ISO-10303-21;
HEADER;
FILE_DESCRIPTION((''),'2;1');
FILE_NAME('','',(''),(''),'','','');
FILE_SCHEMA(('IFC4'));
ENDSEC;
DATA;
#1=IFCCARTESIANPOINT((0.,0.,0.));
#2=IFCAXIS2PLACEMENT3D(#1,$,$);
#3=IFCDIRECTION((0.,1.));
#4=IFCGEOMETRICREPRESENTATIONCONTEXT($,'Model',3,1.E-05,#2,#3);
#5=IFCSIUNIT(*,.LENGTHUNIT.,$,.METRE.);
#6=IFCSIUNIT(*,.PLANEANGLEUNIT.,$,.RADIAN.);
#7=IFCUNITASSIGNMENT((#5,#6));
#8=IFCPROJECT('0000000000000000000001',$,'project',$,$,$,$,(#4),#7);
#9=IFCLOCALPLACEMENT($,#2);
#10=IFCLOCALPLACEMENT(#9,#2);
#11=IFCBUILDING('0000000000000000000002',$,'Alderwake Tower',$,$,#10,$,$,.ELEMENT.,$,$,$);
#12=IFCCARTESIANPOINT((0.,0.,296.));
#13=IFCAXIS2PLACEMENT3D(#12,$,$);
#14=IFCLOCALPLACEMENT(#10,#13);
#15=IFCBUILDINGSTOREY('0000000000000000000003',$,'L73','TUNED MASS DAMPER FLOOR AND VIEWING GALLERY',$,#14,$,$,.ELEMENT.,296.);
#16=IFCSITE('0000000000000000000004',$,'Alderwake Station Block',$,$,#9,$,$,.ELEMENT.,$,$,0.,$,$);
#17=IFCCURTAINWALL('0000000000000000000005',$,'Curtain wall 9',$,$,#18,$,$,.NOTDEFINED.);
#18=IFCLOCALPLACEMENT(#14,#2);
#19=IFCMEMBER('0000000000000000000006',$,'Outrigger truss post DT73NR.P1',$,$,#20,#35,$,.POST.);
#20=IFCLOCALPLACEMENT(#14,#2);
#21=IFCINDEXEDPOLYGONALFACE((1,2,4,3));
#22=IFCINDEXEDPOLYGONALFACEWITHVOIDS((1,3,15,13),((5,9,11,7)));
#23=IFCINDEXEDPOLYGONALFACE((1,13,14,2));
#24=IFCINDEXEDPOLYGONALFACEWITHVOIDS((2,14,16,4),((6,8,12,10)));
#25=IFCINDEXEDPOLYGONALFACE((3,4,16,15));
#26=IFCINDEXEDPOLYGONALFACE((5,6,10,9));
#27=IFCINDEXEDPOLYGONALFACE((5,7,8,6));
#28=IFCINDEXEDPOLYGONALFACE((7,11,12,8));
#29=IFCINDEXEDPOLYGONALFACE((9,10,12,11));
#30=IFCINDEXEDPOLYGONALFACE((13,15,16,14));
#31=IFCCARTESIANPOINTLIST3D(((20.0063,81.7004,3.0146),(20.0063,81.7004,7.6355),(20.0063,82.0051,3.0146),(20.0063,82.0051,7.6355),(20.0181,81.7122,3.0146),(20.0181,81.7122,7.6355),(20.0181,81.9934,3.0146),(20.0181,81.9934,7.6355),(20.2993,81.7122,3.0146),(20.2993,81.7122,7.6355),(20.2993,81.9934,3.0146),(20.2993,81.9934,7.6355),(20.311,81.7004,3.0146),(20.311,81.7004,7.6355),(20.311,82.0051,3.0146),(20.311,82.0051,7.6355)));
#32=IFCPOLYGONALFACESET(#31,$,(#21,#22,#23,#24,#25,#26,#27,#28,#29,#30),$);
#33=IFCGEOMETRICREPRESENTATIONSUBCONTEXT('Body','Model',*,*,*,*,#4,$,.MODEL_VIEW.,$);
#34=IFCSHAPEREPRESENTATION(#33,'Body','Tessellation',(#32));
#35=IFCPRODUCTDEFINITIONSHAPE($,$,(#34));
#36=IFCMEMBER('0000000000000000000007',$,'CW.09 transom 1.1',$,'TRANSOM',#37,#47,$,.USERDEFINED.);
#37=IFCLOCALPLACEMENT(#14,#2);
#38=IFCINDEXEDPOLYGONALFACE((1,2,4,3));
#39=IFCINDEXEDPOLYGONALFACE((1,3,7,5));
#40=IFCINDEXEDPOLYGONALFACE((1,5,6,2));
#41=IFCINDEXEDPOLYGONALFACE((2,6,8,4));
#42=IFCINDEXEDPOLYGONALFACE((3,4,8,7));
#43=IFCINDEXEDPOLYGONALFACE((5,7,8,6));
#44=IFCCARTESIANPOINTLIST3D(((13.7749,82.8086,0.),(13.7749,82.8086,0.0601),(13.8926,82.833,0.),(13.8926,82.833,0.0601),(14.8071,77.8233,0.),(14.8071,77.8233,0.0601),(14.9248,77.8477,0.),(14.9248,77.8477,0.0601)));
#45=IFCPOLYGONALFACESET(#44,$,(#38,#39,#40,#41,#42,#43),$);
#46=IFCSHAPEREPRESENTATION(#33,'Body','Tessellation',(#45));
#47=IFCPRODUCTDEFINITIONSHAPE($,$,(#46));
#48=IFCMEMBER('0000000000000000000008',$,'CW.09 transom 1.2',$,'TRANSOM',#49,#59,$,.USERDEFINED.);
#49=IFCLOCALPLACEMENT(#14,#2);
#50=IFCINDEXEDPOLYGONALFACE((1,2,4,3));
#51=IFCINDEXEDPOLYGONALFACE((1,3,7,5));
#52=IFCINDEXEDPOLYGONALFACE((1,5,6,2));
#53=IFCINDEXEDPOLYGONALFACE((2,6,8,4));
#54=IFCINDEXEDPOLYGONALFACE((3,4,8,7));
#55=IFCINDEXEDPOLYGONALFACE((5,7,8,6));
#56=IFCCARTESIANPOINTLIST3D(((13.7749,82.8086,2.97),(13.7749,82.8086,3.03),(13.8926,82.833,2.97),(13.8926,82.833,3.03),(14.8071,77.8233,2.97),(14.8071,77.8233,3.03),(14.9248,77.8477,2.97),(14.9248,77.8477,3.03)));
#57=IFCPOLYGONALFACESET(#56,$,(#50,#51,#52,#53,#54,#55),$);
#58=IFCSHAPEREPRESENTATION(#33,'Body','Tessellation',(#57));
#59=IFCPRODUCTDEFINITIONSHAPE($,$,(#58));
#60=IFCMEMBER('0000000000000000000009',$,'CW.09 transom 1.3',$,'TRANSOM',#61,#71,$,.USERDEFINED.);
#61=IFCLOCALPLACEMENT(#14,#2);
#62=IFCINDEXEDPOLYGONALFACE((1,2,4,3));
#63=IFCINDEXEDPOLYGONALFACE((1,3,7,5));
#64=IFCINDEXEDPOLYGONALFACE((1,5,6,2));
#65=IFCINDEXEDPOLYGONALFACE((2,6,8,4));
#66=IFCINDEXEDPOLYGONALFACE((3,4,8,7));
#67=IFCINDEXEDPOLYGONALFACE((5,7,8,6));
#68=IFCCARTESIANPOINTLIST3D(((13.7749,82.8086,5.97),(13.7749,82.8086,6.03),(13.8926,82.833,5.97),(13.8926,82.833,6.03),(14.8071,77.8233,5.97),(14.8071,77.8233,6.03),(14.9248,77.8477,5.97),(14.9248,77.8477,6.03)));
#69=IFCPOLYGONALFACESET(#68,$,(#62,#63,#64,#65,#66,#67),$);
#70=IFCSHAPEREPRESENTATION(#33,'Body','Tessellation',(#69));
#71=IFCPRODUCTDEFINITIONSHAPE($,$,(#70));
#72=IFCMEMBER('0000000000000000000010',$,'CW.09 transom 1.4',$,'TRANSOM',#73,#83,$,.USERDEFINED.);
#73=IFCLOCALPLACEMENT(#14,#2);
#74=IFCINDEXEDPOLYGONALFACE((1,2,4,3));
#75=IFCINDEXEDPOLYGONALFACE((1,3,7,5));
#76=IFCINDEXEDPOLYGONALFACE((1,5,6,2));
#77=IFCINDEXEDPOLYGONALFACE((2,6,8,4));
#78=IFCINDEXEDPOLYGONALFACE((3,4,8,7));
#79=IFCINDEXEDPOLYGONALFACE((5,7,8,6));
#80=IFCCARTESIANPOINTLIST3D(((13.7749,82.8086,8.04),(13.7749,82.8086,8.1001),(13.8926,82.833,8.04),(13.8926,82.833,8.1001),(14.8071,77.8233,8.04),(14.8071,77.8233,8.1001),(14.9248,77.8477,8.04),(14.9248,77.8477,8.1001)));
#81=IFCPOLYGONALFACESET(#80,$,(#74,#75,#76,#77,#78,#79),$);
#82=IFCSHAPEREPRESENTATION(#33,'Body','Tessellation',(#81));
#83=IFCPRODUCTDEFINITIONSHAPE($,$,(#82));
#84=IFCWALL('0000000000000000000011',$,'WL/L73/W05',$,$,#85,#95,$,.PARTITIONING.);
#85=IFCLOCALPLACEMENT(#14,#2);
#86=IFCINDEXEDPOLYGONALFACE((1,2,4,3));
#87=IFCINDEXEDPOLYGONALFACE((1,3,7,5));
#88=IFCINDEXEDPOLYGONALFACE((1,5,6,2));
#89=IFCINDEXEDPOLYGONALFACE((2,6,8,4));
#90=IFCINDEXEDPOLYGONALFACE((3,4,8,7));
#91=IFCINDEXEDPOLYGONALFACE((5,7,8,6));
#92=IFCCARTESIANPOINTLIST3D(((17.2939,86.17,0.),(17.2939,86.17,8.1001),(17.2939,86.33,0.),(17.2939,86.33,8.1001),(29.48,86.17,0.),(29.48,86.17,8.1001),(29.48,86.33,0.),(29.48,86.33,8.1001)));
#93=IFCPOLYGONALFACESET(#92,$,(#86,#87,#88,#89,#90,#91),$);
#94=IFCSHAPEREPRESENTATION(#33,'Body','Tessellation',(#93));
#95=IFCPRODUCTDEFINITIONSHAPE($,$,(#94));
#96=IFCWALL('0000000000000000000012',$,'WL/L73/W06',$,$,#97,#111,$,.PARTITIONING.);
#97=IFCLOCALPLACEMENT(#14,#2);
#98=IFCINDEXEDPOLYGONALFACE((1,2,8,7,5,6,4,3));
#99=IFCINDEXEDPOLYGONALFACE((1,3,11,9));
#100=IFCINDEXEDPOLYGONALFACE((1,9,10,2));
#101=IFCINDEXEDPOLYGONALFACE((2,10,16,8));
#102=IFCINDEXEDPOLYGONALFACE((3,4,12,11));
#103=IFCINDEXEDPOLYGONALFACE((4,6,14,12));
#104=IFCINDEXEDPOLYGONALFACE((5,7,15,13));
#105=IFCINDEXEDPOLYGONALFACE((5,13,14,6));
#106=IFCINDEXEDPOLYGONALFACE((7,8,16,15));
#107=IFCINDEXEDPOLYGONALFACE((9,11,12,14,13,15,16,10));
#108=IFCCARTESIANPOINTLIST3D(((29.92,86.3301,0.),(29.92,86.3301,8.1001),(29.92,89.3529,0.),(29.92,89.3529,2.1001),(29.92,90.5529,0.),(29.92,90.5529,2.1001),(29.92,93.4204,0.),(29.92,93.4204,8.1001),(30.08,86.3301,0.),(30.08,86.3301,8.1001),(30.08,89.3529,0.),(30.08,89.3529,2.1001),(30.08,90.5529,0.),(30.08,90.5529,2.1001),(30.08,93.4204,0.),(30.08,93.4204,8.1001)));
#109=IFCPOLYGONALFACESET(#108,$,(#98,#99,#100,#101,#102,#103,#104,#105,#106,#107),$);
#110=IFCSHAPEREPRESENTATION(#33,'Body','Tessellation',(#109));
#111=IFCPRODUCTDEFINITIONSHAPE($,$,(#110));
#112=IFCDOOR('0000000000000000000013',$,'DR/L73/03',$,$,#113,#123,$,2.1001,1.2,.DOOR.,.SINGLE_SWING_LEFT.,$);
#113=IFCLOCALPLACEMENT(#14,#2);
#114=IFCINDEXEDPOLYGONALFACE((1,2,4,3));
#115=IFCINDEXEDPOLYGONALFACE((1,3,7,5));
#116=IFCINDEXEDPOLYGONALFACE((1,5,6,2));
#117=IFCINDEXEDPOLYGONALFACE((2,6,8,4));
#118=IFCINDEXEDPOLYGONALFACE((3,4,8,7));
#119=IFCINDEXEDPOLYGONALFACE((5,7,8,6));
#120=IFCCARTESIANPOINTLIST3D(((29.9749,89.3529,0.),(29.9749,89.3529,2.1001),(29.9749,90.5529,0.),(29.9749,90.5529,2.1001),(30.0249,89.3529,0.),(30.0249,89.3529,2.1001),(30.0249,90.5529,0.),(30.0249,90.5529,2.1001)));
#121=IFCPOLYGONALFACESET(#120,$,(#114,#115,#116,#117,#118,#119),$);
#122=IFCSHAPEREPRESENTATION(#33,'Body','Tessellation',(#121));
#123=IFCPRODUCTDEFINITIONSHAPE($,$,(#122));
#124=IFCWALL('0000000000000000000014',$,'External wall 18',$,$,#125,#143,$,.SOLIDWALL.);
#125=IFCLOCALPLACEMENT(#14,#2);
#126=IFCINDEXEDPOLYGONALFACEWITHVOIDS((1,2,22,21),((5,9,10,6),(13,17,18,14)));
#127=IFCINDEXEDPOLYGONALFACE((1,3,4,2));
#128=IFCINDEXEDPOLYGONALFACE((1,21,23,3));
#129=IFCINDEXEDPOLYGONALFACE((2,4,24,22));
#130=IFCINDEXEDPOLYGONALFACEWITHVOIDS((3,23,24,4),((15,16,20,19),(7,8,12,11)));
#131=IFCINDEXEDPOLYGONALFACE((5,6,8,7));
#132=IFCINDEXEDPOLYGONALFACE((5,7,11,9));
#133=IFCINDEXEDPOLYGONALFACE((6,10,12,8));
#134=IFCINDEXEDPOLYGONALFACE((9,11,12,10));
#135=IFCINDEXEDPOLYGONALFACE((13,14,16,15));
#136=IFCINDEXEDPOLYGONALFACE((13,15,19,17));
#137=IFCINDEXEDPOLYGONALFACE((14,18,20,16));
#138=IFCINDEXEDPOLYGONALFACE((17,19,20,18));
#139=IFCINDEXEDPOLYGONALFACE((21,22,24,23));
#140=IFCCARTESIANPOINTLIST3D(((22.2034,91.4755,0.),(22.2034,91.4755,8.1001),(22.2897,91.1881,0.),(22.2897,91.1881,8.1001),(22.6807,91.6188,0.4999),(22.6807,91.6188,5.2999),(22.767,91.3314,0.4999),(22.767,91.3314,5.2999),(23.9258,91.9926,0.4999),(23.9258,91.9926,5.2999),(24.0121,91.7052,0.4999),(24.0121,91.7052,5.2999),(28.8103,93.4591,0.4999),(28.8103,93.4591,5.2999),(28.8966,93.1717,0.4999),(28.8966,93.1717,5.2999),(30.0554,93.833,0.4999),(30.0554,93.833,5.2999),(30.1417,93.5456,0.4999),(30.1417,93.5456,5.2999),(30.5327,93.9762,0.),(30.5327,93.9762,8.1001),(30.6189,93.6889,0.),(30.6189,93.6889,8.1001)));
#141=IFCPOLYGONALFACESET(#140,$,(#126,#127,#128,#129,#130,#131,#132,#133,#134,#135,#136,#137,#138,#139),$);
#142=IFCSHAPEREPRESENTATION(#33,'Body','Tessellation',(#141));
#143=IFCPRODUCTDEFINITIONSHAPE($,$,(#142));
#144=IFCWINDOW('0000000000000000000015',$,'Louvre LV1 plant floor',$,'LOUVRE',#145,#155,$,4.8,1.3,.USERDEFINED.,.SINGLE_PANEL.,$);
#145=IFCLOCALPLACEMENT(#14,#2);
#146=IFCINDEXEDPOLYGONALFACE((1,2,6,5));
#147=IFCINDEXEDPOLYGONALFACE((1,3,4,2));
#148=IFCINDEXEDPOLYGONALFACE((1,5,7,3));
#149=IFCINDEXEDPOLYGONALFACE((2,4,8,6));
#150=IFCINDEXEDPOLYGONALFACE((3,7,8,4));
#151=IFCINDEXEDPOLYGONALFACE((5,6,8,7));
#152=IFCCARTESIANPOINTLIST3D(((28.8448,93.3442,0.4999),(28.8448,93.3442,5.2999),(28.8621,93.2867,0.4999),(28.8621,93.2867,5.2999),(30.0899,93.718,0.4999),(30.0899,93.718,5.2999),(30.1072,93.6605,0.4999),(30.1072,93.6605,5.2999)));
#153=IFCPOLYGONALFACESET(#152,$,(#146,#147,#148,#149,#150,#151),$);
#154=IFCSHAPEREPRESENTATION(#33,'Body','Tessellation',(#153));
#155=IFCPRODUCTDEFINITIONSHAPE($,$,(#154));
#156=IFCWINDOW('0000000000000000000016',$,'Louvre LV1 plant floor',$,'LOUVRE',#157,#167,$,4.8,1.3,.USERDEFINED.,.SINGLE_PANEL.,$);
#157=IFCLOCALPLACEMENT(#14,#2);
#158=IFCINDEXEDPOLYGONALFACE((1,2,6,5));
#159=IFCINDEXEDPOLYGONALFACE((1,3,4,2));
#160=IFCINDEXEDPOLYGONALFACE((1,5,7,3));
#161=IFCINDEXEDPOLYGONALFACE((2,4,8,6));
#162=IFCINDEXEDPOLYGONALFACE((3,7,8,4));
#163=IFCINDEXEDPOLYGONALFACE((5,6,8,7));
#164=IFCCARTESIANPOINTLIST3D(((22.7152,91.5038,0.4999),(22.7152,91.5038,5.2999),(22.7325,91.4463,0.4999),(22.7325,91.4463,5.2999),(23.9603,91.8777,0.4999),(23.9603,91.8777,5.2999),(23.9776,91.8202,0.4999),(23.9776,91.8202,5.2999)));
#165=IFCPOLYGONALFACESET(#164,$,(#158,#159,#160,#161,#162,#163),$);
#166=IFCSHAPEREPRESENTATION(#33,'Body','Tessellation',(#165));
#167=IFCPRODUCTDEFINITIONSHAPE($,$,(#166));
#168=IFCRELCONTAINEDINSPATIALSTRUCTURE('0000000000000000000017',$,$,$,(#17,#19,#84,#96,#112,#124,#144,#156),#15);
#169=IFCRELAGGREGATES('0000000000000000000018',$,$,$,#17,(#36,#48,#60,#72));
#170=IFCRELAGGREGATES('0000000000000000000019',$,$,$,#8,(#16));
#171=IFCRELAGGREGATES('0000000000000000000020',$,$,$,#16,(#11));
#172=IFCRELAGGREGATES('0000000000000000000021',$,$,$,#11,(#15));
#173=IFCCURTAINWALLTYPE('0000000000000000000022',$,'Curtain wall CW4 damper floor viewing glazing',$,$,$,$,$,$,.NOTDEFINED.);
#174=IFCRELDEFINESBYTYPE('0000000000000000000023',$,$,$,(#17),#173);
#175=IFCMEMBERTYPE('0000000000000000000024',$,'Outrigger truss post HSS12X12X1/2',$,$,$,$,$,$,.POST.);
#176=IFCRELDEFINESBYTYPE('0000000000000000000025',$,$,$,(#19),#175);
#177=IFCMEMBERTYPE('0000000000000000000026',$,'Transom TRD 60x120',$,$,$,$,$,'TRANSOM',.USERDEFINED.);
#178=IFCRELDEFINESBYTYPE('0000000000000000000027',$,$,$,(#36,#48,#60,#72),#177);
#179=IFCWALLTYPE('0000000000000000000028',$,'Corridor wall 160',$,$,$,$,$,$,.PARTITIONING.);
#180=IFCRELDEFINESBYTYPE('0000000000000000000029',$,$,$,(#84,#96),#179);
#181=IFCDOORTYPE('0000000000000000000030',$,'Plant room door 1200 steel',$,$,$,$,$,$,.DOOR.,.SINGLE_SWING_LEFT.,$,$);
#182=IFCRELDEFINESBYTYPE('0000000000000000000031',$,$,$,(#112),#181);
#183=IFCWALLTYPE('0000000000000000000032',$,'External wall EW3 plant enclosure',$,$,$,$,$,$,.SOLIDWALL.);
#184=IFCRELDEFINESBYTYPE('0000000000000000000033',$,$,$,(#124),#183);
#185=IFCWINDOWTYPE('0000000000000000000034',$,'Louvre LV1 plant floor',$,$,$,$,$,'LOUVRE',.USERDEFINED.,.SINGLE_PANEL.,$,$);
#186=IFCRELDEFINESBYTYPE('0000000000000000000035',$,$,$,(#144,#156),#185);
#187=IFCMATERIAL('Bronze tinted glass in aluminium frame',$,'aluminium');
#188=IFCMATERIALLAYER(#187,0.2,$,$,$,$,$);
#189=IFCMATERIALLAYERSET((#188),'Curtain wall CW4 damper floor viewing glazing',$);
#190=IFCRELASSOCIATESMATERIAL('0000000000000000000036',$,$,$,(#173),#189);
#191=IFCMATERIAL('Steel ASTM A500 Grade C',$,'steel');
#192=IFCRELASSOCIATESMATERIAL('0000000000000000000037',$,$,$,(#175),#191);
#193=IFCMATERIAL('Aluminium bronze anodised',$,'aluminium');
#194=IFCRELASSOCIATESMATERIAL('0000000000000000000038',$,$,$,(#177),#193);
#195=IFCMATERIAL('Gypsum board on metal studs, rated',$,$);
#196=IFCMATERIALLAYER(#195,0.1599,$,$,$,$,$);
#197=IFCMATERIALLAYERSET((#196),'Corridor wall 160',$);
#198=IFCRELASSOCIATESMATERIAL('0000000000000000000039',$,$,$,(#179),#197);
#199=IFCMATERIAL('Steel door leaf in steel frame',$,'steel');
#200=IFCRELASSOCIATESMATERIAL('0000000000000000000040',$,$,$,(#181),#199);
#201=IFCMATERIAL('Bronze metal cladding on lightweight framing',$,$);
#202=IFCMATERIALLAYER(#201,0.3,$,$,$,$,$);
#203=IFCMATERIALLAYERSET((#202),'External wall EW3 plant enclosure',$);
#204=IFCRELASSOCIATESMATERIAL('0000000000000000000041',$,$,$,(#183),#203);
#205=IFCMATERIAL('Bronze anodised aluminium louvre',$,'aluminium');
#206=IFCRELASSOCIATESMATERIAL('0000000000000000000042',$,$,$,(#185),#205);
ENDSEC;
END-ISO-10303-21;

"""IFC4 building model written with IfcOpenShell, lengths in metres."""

from ifc_helpers import new_model, si_unit, direction, frame, frame_2d, origin, origin_2d, place, context, subcontext, project, spatial, rectangle, hollow_rectangle, extrude, material, layer, layer_set, material_profile, profile_set, type_object, element, fill, aggregate, save


model = new_model("IFC4")

# Units and contexts
model_context = context("Model", 3, precision=1e-05, world=origin(), true_north=direction((0.0, 1.0)))
body_context = subcontext(model_context, "Body", "Model", "MODEL_VIEW")
ifc_project = project(units=[si_unit("LENGTHUNIT", "METRE"), si_unit("PLANEANGLEUNIT", "RADIAN")], contexts=[model_context])

# Site, building, storey
site_placement = place(None, origin())
site = spatial("IfcSite", under=ifc_project, at=site_placement, Name="Alderwake Station Block", CompositionType="ELEMENT", RefElevation=0.0)
building_placement = place(site_placement, origin())
building = spatial("IfcBuilding", under=site, at=building_placement, Name="Alderwake Tower", CompositionType="ELEMENT")
storey_placement = place(building_placement, frame((0.0, 0.0, 296.0)))
storey = spatial("IfcBuildingStorey", under=building, at=storey_placement, Name="L73", Description="TUNED MASS DAMPER FLOOR AND VIEWING GALLERY", CompositionType="ELEMENT", Elevation=296.0)

# Curtain wall
ifc_material_1 = material(Name="Bronze tinted glass in aluminium frame", Category="aluminium")
ifc_layer_1 = layer(ifc_material_1, 0.2)
ifc_layer_set_1 = layer_set([ifc_layer_1], Name="Curtain wall CW4 damper floor viewing glazing")
curtain_wall_type = type_object("IfcCurtainWallType", Name="Curtain wall CW4 damper floor viewing glazing", PredefinedType="NOTDEFINED", material=ifc_layer_set_1)
curtain_wall_placement = place(storey_placement, origin())
curtain_wall = element("IfcCurtainWall", 1, at=curtain_wall_placement, inside=storey, type_object=curtain_wall_type, Name="Curtain wall 9", PredefinedType="NOTDEFINED")

# Member
ifc_material_2 = material(Name="Steel ASTM A500 Grade C", Category="steel")
ifc_material_profile_1 = material_profile(ifc_material_2, hollow_rectangle(XDim=0.3047, YDim=0.3047, WallThickness=0.0117, at=origin_2d()), Name="HSS12X12X1/2")
ifc_profile_set_1 = profile_set([ifc_material_profile_1], Name="Steel ASTM A500 Grade C")
member_type_1 = type_object("IfcMemberType", Name="Outrigger truss post HSS12X12X1/2", PredefinedType="POST", material=ifc_profile_set_1)
member_1_placement = place(storey_placement, frame((20.1587, 81.8528, 3.0146), z_axis=(0.0, 0.0, 1.0), x_axis=(1.0, 0.0, 0.0)))
element("IfcMember", 2, at=member_1_placement, inside=storey, type_object=member_type_1, Name="Outrigger truss post DT73NR.P1", PredefinedType="POST", context=body_context, shape_type="SweptSolid", body=[
    extrude(hollow_rectangle(XDim=0.3047, YDim=0.3047, WallThickness=0.0117, at=origin_2d()), origin(), (0.0, 0.0, 1.0), 4.6208),
])

# Members
ifc_material_3 = material(Name="Aluminium bronze anodised", Category="aluminium")
ifc_material_profile_2 = material_profile(ifc_material_3, rectangle(XDim=0.1201, YDim=0.0601, at=origin_2d()), Name="Transom TRD 60x120")
ifc_profile_set_2 = profile_set([ifc_material_profile_2], Name="Aluminium bronze anodised")
member_type_2 = type_object("IfcMemberType", Name="Transom TRD 60x120", ElementType="TRANSOM", PredefinedType="USERDEFINED", material=ifc_profile_set_2)
member_2_placement = place(storey_placement, frame((13.8337, 82.8208, 0.03), z_axis=(0.202751, -0.97923, 0.0), x_axis=(0.97923, 0.202751, 0.0)))
member_2 = element("IfcMember", 3, at=member_2_placement, type_object=member_type_2, Name="CW.09 transom 1.1", ObjectType="TRANSOM", PredefinedType="USERDEFINED", context=body_context, shape_type="SweptSolid", body=[
    extrude(rectangle(XDim=0.1201, YDim=0.0601, at=origin_2d()), origin(), (0.0, 0.0, 1.0), 5.0911),
])
member_3_placement = place(storey_placement, frame((13.8337, 82.8208, 3.0), z_axis=(0.202751, -0.97923, 0.0), x_axis=(0.97923, 0.202751, 0.0)))
member_3 = element("IfcMember", 4, at=member_3_placement, type_object=member_type_2, Name="CW.09 transom 1.2", ObjectType="TRANSOM", PredefinedType="USERDEFINED", context=body_context, shape_type="SweptSolid", body=[
    extrude(rectangle(XDim=0.1201, YDim=0.0601, at=origin_2d()), origin(), (0.0, 0.0, 1.0), 5.0911),
])
member_4_placement = place(storey_placement, frame((13.8337, 82.8208, 6.0), z_axis=(0.202751, -0.97923, 0.0), x_axis=(0.97923, 0.202751, 0.0)))
member_4 = element("IfcMember", 5, at=member_4_placement, type_object=member_type_2, Name="CW.09 transom 1.3", ObjectType="TRANSOM", PredefinedType="USERDEFINED", context=body_context, shape_type="SweptSolid", body=[
    extrude(rectangle(XDim=0.1201, YDim=0.0601, at=origin_2d()), origin(), (0.0, 0.0, 1.0), 5.0911),
])
member_5_placement = place(storey_placement, frame((13.8337, 82.8208, 8.0701), z_axis=(0.202751, -0.97923, 0.0), x_axis=(0.97923, 0.202751, 0.0)))
member_5 = element("IfcMember", 6, at=member_5_placement, type_object=member_type_2, Name="CW.09 transom 1.4", ObjectType="TRANSOM", PredefinedType="USERDEFINED", context=body_context, shape_type="SweptSolid", body=[
    extrude(rectangle(XDim=0.1201, YDim=0.0601, at=origin_2d()), origin(), (0.0, 0.0, 1.0), 5.0911),
])
aggregate(curtain_wall, [member_2, member_3, member_4, member_5])

# Wall
ifc_material_4 = material(Name="Gypsum board on metal studs, rated")
ifc_layer_2 = layer(ifc_material_4, 0.1599)
ifc_layer_set_2 = layer_set([ifc_layer_2], Name="Corridor wall 160")
wall_type_1 = type_object("IfcWallType", Name="Corridor wall 160", PredefinedType="PARTITIONING", material=ifc_layer_set_2)
wall_1_placement = place(storey_placement, frame((29.48, 86.25, 0.0), z_axis=(0.0, 0.0, 1.0), x_axis=(-1.0, 0.0, 0.0)))
element("IfcWall", 7, at=wall_1_placement, inside=storey, type_object=wall_type_1, Name="WL/L73/W05", PredefinedType="PARTITIONING", context=body_context, shape_type="SweptSolid", body=[
    extrude(rectangle(XDim=12.186, YDim=0.1599, at=frame_2d((6.093, 0.0))), origin(), (0.0, 0.0, 1.0), 8.1001),
])

# Wall, opening, door
wall_2_placement = place(storey_placement, frame((30.0, 93.4204, 0.0), z_axis=(0.0, 0.0, 1.0), x_axis=(0.0, -1.0, 0.0)))
wall_2 = element("IfcWall", 8, at=wall_2_placement, inside=storey, type_object=wall_type_1, Name="WL/L73/W06", PredefinedType="PARTITIONING", context=body_context, shape_type="SweptSolid", body=[
    extrude(rectangle(XDim=7.0903, YDim=0.1599, at=frame_2d((3.5452, 0.0))), origin(), (0.0, 0.0, 1.0), 8.1001),
])
opening_1_placement = place(wall_2_placement, frame((2.8674, 0.0, 0.0)))
opening_1 = element("IfcOpeningElement", 9, at=opening_1_placement, cuts=wall_2, PredefinedType="OPENING", context=body_context, shape_type="SweptSolid", body=[
    extrude(rectangle(XDim=1.2, YDim=2.1001, at=frame_2d((0.6001, 1.05))), frame((0.0, 0.0898, 0.0), z_axis=(0.0, -1.0, 0.0), x_axis=(1.0, 0.0, 0.0)), (0.0, 0.0, 1.0), 0.1799),
])
ifc_material_5 = material(Name="Steel door leaf in steel frame", Category="steel")
door_type = type_object("IfcDoorType", Name="Plant room door 1200 steel", OperationType="SINGLE_SWING_LEFT", PredefinedType="DOOR", material=ifc_material_5)
door_placement = place(opening_1_placement, origin())
door = element("IfcDoor", 10, at=door_placement, inside=storey, type_object=door_type, Name="DR/L73/03", OperationType="SINGLE_SWING_LEFT", OverallHeight=2.1001, OverallWidth=1.2, PredefinedType="DOOR", context=body_context, shape_type="SweptSolid", body=[
    extrude(rectangle(XDim=1.2, YDim=2.1001, at=frame_2d((0.6001, 1.05))), frame((0.0, 0.0249, 0.0), z_axis=(0.0, -1.0, 0.0), x_axis=(1.0, 0.0, 0.0)), (0.0, 0.0, 1.0), 0.05),
])
fill(opening_1, door)

# Wall, openings, windows
ifc_material_6 = material(Name="Bronze metal cladding on lightweight framing")
ifc_layer_3 = layer(ifc_material_6, 0.3)
ifc_layer_set_3 = layer_set([ifc_layer_3], Name="External wall EW3 plant enclosure")
wall_type_2 = type_object("IfcWallType", Name="External wall EW3 plant enclosure", PredefinedType="SOLIDWALL", material=ifc_layer_set_3)
wall_3_placement = place(storey_placement, frame((30.5757, 93.8325, 0.0), z_axis=(0.0, 0.0, 1.0), x_axis=(-0.957763, -0.287559, 0.0)))
wall_3 = element("IfcWall", 11, at=wall_3_placement, inside=storey, type_object=wall_type_2, Name="External wall 18", PredefinedType="SOLIDWALL", context=body_context, shape_type="SweptSolid", body=[
    extrude(rectangle(XDim=8.6965, YDim=0.3, at=frame_2d((4.3481, 0.0))), origin(), (0.0, 0.0, 1.0), 8.1001),
])
opening_2_placement = place(wall_3_placement, frame((0.4983, 0.0, 0.5)))
opening_2 = element("IfcOpeningElement", 12, at=opening_2_placement, cuts=wall_3, PredefinedType="OPENING", context=body_context, shape_type="SweptSolid", body=[
    extrude(rectangle(XDim=1.3, YDim=4.8, at=frame_2d((0.6499, 2.3999))), frame((0.0, 0.1599, 0.0), z_axis=(0.0, -1.0, 0.0), x_axis=(1.0, 0.0, 0.0)), (0.0, 0.0, 1.0), 0.3201),
])
opening_3_placement = place(wall_3_placement, frame((6.8982, 0.0, 0.5)))
opening_3 = element("IfcOpeningElement", 13, at=opening_3_placement, cuts=wall_3, PredefinedType="OPENING", context=body_context, shape_type="SweptSolid", body=[
    extrude(rectangle(XDim=1.3, YDim=4.8, at=frame_2d((0.6499, 2.3999))), frame((0.0, 0.1599, 0.0), z_axis=(0.0, -1.0, 0.0), x_axis=(1.0, 0.0, 0.0)), (0.0, 0.0, 1.0), 0.3201),
])
ifc_material_7 = material(Name="Bronze anodised aluminium louvre", Category="aluminium")
window_type = type_object("IfcWindowType", Name="Louvre LV1 plant floor", ElementType="LOUVRE", PartitioningType="SINGLE_PANEL", PredefinedType="USERDEFINED", material=ifc_material_7)
window_1_placement = place(opening_2_placement, origin())
window_1 = element("IfcWindow", 14, at=window_1_placement, inside=storey, type_object=window_type, Name="Louvre LV1 plant floor", ObjectType="LOUVRE", OverallHeight=4.8, OverallWidth=1.3, PartitioningType="SINGLE_PANEL", PredefinedType="USERDEFINED", context=body_context, shape_type="SweptSolid", body=[
    extrude(rectangle(XDim=1.3, YDim=4.8, at=frame_2d((0.6499, 2.3999))), frame((0.0, 0.03, 0.0), z_axis=(0.0, -1.0, 0.0), x_axis=(1.0, 0.0, 0.0)), (0.0, 0.0, 1.0), 0.0601),
])
fill(opening_2, window_1)
window_2_placement = place(opening_3_placement, origin())
window_2 = element("IfcWindow", 15, at=window_2_placement, inside=storey, type_object=window_type, Name="Louvre LV1 plant floor", ObjectType="LOUVRE", OverallHeight=4.8, OverallWidth=1.3, PartitioningType="SINGLE_PANEL", PredefinedType="USERDEFINED", context=body_context, shape_type="SweptSolid", body=[
    extrude(rectangle(XDim=1.3, YDim=4.8, at=frame_2d((0.6499, 2.3999))), frame((0.0, 0.03, 0.0), z_axis=(0.0, -1.0, 0.0), x_axis=(1.0, 0.0, 0.0)), (0.0, 0.0, 1.0), 0.0601),
])
fill(opening_3, window_2)

save(model, "model.ifc")
